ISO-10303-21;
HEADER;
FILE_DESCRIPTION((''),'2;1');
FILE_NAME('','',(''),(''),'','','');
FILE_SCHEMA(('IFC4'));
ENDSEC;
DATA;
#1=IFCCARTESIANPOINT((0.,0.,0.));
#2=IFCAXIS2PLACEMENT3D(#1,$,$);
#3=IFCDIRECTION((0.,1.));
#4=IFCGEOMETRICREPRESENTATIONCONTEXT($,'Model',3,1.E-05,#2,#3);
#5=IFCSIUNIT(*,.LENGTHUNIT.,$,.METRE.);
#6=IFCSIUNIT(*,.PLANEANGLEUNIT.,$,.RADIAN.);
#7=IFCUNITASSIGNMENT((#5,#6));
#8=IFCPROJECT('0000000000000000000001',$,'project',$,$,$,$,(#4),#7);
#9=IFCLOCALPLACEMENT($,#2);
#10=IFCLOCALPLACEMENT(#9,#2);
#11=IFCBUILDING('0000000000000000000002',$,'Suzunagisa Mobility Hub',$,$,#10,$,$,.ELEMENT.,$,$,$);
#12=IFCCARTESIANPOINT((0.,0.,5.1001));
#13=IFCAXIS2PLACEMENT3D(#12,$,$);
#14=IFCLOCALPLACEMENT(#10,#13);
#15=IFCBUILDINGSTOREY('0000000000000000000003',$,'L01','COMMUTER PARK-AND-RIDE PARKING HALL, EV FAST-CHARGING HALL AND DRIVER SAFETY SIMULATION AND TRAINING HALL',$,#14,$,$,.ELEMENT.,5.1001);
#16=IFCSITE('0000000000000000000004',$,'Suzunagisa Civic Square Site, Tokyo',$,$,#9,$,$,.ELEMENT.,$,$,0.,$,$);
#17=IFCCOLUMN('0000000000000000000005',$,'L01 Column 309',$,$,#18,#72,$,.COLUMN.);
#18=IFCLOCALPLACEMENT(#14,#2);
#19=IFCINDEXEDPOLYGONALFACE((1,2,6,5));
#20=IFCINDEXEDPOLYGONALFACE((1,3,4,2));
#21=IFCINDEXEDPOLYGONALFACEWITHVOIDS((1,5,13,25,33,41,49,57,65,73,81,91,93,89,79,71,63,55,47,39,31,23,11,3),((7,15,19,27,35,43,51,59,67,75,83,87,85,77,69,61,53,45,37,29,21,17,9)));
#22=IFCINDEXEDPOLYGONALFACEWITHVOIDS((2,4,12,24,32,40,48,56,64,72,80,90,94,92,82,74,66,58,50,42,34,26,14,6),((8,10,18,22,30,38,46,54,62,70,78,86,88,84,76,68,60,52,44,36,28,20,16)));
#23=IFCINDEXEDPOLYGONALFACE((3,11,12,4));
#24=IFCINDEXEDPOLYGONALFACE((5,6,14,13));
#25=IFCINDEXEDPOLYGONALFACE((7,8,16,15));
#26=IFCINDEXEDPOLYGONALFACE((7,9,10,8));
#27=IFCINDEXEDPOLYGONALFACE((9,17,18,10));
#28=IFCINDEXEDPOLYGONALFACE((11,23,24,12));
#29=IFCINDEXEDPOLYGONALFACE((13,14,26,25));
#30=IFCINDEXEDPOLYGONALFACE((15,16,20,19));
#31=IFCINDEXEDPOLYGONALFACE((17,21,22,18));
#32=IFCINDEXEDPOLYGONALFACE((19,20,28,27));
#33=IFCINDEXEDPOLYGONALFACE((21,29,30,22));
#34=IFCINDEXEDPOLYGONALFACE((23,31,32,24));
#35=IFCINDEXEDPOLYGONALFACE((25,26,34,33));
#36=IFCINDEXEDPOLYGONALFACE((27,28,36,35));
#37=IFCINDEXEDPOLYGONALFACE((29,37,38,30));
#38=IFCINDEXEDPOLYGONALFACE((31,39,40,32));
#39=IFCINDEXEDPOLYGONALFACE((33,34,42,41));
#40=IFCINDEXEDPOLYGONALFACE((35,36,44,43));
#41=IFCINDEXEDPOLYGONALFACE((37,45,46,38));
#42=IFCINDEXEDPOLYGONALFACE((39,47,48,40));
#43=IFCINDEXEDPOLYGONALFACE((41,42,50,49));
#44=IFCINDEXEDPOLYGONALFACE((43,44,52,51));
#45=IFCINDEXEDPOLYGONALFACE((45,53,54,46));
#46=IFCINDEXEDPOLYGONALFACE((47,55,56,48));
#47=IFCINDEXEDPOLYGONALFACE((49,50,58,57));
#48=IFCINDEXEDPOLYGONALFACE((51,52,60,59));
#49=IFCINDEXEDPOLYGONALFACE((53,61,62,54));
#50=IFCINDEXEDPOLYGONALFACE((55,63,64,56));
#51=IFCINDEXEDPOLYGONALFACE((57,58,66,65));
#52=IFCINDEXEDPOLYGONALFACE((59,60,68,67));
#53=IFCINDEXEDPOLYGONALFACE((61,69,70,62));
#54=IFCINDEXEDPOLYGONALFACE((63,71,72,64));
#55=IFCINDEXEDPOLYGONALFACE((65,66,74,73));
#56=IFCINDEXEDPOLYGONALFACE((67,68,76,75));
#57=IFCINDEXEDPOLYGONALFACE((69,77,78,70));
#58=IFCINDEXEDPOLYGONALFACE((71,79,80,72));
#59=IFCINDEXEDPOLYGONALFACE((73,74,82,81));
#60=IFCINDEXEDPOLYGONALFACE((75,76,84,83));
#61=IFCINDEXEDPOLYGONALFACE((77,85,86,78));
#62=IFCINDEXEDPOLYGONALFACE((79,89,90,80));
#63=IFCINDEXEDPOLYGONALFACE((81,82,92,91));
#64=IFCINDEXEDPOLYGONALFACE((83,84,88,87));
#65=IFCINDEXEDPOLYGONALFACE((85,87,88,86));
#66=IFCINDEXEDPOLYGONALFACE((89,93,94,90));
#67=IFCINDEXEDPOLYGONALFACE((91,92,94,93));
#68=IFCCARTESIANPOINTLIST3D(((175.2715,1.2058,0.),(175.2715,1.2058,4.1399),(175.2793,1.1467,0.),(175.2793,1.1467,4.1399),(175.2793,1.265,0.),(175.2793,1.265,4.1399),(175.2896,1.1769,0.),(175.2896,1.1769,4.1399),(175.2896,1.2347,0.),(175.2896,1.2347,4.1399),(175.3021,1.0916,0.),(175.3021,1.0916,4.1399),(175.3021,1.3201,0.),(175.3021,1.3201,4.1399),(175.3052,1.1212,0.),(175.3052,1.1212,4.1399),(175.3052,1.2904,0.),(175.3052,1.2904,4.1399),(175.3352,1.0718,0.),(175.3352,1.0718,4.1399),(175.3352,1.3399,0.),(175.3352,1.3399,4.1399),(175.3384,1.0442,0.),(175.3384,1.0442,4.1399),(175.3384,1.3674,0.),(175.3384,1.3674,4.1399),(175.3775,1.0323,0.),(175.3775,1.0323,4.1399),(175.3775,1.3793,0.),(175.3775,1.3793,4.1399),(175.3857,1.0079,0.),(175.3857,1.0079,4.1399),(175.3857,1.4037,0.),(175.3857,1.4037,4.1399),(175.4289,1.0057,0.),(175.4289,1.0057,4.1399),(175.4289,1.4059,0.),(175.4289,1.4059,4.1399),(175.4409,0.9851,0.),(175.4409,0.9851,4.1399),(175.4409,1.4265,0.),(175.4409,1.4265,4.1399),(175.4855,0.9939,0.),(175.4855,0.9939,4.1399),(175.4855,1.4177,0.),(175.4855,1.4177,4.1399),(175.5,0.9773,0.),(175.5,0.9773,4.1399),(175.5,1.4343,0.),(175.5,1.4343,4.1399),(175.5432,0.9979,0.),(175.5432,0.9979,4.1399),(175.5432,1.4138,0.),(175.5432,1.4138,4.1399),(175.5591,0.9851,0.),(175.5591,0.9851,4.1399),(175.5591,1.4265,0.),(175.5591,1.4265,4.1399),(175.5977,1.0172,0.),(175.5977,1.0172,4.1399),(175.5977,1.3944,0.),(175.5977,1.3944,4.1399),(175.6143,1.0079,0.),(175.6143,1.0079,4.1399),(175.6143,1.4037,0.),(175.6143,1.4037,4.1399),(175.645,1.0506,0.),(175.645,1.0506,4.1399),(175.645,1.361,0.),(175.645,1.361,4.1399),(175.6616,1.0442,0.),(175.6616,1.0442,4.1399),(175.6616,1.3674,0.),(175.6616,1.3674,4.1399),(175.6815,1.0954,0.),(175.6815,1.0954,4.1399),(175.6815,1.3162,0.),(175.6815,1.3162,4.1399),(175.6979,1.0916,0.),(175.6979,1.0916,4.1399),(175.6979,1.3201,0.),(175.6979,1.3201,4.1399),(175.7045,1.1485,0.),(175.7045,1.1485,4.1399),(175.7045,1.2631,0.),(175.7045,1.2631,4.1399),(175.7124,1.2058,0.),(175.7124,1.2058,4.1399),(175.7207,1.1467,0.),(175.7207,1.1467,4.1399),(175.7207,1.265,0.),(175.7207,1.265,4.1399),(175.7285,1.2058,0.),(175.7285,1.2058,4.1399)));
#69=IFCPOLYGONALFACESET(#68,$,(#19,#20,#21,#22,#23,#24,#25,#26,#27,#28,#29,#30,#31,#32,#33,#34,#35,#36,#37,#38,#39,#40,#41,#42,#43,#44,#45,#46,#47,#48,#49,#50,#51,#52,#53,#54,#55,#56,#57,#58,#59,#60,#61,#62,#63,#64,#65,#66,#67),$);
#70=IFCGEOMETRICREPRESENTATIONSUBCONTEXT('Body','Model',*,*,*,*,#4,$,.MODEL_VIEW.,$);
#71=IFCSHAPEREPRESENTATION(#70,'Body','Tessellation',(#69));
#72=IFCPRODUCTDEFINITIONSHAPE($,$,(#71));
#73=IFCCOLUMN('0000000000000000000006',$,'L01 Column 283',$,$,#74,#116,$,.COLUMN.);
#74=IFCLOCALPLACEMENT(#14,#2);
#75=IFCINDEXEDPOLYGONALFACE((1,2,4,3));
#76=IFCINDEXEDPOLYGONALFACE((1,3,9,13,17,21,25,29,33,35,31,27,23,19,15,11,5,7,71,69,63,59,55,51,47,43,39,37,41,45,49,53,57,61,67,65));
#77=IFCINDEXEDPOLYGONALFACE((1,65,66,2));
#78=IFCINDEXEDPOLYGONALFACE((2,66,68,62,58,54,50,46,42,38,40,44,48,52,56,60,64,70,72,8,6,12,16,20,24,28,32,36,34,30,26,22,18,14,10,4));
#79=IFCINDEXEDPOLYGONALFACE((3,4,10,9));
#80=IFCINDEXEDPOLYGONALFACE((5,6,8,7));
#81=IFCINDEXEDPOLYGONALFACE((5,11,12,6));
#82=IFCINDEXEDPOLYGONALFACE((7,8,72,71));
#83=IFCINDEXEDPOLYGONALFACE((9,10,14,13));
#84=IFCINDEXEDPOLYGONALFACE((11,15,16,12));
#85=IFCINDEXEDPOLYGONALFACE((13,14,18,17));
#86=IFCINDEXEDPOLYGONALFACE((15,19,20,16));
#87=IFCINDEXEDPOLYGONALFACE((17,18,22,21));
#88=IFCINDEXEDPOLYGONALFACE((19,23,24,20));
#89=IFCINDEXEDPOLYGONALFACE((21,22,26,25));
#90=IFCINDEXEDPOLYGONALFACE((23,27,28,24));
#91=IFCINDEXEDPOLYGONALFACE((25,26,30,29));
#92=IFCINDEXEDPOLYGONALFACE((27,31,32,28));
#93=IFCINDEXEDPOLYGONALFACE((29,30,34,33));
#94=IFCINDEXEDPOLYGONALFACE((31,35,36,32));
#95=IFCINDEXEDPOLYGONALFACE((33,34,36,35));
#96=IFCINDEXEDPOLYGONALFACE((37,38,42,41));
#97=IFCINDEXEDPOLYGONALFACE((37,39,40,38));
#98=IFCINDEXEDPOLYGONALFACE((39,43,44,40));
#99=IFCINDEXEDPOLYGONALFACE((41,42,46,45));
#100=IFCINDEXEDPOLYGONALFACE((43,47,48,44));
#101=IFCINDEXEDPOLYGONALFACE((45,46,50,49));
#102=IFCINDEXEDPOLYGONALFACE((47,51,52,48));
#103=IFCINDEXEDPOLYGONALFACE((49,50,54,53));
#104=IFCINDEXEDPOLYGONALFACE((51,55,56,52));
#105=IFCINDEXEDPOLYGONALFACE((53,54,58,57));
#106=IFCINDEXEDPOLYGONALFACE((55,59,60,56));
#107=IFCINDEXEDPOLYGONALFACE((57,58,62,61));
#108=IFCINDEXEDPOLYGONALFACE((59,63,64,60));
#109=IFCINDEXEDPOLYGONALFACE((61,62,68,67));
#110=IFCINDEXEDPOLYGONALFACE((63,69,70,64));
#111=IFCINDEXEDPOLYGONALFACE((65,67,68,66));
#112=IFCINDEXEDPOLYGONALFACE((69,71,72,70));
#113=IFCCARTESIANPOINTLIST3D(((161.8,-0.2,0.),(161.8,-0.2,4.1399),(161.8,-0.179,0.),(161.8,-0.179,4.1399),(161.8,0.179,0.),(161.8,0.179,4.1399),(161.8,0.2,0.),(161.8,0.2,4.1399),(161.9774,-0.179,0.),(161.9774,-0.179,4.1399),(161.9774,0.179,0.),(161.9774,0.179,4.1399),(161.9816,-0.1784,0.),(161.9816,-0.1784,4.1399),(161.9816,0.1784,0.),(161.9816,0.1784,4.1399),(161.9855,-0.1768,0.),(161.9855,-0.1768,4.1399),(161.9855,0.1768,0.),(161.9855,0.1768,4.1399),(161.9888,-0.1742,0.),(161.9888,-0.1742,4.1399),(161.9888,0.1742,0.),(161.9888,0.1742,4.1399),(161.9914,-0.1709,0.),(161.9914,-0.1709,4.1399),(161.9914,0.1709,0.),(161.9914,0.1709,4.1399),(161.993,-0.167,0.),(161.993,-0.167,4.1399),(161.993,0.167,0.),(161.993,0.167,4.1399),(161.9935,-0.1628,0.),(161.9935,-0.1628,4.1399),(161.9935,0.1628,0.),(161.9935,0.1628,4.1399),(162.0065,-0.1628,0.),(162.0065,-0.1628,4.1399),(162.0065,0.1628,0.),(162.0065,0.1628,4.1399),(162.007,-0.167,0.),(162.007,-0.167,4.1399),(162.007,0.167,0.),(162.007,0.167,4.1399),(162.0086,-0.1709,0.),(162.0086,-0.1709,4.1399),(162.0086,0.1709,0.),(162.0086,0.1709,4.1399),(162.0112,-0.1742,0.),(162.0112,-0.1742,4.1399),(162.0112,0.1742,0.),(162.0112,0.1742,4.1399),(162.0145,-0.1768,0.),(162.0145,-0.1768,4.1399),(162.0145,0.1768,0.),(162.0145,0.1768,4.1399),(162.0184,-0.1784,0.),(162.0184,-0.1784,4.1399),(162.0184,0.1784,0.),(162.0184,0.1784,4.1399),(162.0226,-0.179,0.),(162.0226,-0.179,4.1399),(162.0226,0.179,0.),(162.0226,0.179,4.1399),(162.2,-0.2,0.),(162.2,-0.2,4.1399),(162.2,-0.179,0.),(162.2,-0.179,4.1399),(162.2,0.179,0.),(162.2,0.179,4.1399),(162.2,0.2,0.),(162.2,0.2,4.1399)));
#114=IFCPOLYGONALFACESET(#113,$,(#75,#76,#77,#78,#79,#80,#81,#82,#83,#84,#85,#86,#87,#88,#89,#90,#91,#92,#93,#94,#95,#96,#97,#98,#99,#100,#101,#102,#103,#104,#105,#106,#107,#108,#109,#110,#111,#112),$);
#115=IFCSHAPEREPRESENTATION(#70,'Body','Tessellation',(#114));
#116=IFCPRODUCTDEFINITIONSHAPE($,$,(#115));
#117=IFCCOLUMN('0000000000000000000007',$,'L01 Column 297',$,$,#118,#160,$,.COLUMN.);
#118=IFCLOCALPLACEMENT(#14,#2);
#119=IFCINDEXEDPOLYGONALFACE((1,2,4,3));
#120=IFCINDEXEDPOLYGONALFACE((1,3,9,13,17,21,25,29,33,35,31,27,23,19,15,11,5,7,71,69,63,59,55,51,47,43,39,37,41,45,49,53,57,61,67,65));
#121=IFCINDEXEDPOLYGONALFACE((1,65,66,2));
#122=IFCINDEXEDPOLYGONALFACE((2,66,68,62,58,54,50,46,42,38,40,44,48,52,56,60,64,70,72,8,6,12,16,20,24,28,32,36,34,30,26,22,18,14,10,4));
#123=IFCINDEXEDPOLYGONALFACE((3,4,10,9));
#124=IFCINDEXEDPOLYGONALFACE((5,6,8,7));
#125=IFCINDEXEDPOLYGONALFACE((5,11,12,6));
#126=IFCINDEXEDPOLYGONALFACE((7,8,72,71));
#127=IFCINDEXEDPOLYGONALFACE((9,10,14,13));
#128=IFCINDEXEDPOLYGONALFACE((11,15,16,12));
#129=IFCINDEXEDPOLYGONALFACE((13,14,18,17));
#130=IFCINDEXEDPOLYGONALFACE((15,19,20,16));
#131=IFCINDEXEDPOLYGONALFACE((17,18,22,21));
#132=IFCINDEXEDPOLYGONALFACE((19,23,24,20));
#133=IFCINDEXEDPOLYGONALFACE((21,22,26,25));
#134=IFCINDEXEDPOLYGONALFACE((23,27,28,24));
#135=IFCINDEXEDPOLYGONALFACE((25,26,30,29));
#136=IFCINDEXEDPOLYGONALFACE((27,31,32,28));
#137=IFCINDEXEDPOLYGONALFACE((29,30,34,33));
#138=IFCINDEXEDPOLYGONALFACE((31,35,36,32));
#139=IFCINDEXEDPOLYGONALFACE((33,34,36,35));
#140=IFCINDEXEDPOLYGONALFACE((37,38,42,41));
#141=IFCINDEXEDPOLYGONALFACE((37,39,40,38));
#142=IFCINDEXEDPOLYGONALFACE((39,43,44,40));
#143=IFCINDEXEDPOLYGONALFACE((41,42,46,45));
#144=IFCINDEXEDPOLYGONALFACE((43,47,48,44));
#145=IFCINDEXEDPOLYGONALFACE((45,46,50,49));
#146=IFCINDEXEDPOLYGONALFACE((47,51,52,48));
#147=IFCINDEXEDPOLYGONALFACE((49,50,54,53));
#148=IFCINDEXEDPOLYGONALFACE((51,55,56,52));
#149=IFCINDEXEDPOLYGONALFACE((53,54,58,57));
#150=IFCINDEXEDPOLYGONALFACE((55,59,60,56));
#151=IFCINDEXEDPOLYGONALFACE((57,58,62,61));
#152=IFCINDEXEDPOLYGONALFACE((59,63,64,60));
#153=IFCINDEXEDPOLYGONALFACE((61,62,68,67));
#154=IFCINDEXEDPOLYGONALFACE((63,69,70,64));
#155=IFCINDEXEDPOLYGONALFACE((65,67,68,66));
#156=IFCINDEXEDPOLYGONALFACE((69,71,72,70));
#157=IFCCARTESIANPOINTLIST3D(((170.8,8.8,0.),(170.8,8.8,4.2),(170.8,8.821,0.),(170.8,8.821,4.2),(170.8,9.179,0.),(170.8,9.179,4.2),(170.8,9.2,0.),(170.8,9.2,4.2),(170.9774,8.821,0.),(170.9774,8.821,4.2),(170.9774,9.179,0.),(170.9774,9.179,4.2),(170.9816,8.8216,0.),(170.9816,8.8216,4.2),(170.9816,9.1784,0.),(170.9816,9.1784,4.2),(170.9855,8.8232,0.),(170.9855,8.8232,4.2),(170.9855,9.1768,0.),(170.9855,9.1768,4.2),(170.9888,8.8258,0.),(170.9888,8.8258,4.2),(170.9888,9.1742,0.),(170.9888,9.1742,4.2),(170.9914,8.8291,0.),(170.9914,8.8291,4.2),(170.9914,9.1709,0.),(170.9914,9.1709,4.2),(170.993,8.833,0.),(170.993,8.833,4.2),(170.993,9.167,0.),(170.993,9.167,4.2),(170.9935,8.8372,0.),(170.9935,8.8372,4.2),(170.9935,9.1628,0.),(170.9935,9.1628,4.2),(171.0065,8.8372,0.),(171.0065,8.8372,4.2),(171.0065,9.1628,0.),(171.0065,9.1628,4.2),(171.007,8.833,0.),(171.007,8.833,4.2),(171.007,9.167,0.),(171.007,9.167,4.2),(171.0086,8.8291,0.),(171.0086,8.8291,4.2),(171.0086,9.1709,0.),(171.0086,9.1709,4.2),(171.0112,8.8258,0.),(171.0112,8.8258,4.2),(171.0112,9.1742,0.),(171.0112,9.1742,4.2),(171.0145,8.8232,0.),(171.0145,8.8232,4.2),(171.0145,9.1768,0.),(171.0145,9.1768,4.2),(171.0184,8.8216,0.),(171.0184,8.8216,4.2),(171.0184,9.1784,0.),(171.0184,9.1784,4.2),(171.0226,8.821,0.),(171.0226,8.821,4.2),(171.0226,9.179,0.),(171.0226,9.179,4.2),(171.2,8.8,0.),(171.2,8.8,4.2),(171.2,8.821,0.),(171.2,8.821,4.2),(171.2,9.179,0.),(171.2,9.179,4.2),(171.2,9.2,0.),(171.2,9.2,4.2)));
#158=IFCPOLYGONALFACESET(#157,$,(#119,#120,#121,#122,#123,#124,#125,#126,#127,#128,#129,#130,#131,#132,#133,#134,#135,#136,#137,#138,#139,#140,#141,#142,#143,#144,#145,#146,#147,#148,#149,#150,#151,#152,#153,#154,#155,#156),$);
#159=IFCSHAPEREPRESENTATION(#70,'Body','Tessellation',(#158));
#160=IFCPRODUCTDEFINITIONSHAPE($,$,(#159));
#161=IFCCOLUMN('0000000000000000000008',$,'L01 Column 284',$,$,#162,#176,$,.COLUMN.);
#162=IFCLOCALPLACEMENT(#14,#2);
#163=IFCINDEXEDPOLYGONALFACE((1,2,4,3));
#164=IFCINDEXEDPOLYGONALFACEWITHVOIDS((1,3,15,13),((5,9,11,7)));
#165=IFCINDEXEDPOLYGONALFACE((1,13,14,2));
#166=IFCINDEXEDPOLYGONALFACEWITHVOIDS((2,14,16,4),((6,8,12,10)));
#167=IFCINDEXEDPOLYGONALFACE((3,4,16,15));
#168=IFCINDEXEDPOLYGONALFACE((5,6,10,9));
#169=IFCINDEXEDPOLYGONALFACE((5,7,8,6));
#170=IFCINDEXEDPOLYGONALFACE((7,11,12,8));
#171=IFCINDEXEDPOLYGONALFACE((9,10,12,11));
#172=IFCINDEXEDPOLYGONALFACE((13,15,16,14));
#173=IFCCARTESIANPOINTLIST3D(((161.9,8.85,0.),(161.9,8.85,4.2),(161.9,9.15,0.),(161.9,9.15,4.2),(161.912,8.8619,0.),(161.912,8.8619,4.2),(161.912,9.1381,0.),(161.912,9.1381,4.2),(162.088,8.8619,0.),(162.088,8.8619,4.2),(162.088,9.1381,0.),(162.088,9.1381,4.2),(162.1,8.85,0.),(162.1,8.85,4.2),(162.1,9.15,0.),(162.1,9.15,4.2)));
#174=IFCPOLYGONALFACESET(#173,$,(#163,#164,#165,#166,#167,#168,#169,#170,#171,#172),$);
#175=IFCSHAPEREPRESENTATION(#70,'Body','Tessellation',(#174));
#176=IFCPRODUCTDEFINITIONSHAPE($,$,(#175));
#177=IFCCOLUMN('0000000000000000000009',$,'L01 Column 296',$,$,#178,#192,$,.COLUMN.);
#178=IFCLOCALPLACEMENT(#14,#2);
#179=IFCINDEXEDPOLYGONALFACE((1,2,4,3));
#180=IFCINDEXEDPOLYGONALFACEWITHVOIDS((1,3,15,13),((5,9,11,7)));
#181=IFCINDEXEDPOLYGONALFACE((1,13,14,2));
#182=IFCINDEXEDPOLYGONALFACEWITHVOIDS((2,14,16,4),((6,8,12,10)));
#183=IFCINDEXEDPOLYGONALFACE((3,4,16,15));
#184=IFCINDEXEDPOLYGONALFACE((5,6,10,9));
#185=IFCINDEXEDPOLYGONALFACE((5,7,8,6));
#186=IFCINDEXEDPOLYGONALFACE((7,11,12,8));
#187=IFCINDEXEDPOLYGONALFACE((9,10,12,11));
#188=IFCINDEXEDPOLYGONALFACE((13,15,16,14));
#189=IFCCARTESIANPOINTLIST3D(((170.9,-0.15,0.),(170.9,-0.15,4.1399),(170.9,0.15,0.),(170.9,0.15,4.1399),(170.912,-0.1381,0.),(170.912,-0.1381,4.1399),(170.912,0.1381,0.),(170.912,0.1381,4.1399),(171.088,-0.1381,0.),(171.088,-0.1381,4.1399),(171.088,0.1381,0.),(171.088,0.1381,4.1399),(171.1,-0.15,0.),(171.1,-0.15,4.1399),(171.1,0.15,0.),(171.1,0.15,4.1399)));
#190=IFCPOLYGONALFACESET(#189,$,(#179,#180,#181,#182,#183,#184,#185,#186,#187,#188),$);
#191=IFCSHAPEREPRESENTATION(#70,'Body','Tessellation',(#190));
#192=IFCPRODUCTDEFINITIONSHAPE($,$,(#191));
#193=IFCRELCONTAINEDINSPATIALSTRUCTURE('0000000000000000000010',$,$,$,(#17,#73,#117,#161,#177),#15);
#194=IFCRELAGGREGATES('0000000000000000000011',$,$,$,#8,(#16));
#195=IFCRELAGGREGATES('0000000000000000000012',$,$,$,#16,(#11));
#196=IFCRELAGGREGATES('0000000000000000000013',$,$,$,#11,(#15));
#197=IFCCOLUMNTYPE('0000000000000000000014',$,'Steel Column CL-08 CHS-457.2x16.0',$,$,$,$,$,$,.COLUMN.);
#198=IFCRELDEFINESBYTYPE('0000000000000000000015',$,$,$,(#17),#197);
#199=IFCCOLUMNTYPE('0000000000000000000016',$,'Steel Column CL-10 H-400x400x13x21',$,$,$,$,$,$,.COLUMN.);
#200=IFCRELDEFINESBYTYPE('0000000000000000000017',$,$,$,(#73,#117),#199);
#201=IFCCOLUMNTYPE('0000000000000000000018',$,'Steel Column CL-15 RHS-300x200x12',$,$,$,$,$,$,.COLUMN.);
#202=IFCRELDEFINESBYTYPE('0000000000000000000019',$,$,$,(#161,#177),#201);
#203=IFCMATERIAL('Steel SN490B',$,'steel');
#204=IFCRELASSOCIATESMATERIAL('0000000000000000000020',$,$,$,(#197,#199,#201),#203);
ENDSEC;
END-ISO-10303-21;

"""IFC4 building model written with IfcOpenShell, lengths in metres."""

from ifc_helpers import new_model, si_unit, direction, frame, origin, origin_2d, place, context, subcontext, project, spatial, hollow_rectangle, hollow_circle, i_section, extrude, material, material_profile, profile_set, type_object, element, save


model = new_model("IFC4")

# Units and contexts
model_context = context("Model", 3, precision=1e-05, world=origin(), true_north=direction((0.0, 1.0)))
body_context = subcontext(model_context, "Body", "Model", "MODEL_VIEW")
ifc_project = project(units=[si_unit("LENGTHUNIT", "METRE"), si_unit("PLANEANGLEUNIT", "RADIAN")], contexts=[model_context])

# Site, building, storey
site_placement = place(None, origin())
site = spatial("IfcSite", under=ifc_project, at=site_placement, Name="Suzunagisa Civic Square Site, Tokyo", CompositionType="ELEMENT", RefElevation=0.0)
building_placement = place(site_placement, origin())
building = spatial("IfcBuilding", under=site, at=building_placement, Name="Suzunagisa Mobility Hub", CompositionType="ELEMENT")
storey_placement = place(building_placement, frame((0.0, 0.0, 5.1001)))
storey = spatial("IfcBuildingStorey", under=building, at=storey_placement, Name="L01", Description="COMMUTER PARK-AND-RIDE PARKING HALL, EV FAST-CHARGING HALL AND DRIVER SAFETY SIMULATION AND TRAINING HALL", CompositionType="ELEMENT", Elevation=5.1001)

# Columns
ifc_material_1 = material(Name="Steel SN490B", Category="steel")
ifc_material_profile_1 = material_profile(ifc_material_1, hollow_circle(Radius=0.2285, WallThickness=0.0161, at=origin_2d()), Name="CHS-457.2x16.0")
ifc_profile_set_1 = profile_set([ifc_material_profile_1], Name="Steel SN490B")
column_type_1 = type_object("IfcColumnType", Name="Steel Column CL-08 CHS-457.2x16.0", PredefinedType="COLUMN", material=ifc_profile_set_1)
column_1_placement = place(storey_placement, frame((175.5, 1.2058, 0.0), z_axis=(0.0, 0.0, 1.0), x_axis=(1.0, 0.0, 0.0)))
element("IfcColumn", 1, at=column_1_placement, inside=storey, type_object=column_type_1, Name="L01 Column 309", PredefinedType="COLUMN", context=body_context, shape_type="SweptSolid", body=[
    extrude(hollow_circle(Radius=0.2285, WallThickness=0.0161, at=origin_2d()), origin(), (0.0, 0.0, 1.0), 4.1399),
])
ifc_material_profile_2 = material_profile(ifc_material_1, i_section(OverallWidth=0.3999, OverallDepth=0.3999, WebThickness=0.0129, FlangeThickness=0.021, FilletRadius=0.0161, at=origin_2d()), Name="H-400x400x13x21")
ifc_profile_set_2 = profile_set([ifc_material_profile_2], Name="Steel SN490B")
column_type_2 = type_object("IfcColumnType", Name="Steel Column CL-10 H-400x400x13x21", PredefinedType="COLUMN", material=ifc_profile_set_2)
column_2_placement = place(storey_placement, frame((162.0, 0.0, 0.0), z_axis=(0.0, 0.0, 1.0), x_axis=(1.0, 0.0, 0.0)))
element("IfcColumn", 2, at=column_2_placement, inside=storey, type_object=column_type_2, Name="L01 Column 283", PredefinedType="COLUMN", context=body_context, shape_type="SweptSolid", body=[
    extrude(i_section(OverallWidth=0.3999, OverallDepth=0.3999, WebThickness=0.0129, FlangeThickness=0.021, FilletRadius=0.0161, at=origin_2d()), origin(), (0.0, 0.0, 1.0), 4.1399),
])
column_3_placement = place(storey_placement, frame((171.0, 9.0, 0.0), z_axis=(0.0, 0.0, 1.0), x_axis=(1.0, 0.0, 0.0)))
element("IfcColumn", 3, at=column_3_placement, inside=storey, type_object=column_type_2, Name="L01 Column 297", PredefinedType="COLUMN", context=body_context, shape_type="SweptSolid", body=[
    extrude(i_section(OverallWidth=0.3999, OverallDepth=0.3999, WebThickness=0.0129, FlangeThickness=0.021, FilletRadius=0.0161, at=origin_2d()), origin(), (0.0, 0.0, 1.0), 4.2),
])
ifc_material_profile_3 = material_profile(ifc_material_1, hollow_rectangle(XDim=0.2, YDim=0.3, WallThickness=0.012, at=origin_2d()), Name="RHS-300x200x12")
ifc_profile_set_3 = profile_set([ifc_material_profile_3], Name="Steel SN490B")
column_type_3 = type_object("IfcColumnType", Name="Steel Column CL-15 RHS-300x200x12", PredefinedType="COLUMN", material=ifc_profile_set_3)
column_4_placement = place(storey_placement, frame((162.0, 9.0, 0.0), z_axis=(0.0, 0.0, 1.0), x_axis=(1.0, 0.0, 0.0)))
element("IfcColumn", 4, at=column_4_placement, inside=storey, type_object=column_type_3, Name="L01 Column 284", PredefinedType="COLUMN", context=body_context, shape_type="SweptSolid", body=[
    extrude(hollow_rectangle(XDim=0.2, YDim=0.3, WallThickness=0.012, at=origin_2d()), origin(), (0.0, 0.0, 1.0), 4.2),
])
column_5_placement = place(storey_placement, frame((171.0, 0.0, 0.0), z_axis=(0.0, 0.0, 1.0), x_axis=(1.0, 0.0, 0.0)))
element("IfcColumn", 5, at=column_5_placement, inside=storey, type_object=column_type_3, Name="L01 Column 296", PredefinedType="COLUMN", context=body_context, shape_type="SweptSolid", body=[
    extrude(hollow_rectangle(XDim=0.2, YDim=0.3, WallThickness=0.012, at=origin_2d()), origin(), (0.0, 0.0, 1.0), 4.1399),
])

save(model, "model.ifc")
